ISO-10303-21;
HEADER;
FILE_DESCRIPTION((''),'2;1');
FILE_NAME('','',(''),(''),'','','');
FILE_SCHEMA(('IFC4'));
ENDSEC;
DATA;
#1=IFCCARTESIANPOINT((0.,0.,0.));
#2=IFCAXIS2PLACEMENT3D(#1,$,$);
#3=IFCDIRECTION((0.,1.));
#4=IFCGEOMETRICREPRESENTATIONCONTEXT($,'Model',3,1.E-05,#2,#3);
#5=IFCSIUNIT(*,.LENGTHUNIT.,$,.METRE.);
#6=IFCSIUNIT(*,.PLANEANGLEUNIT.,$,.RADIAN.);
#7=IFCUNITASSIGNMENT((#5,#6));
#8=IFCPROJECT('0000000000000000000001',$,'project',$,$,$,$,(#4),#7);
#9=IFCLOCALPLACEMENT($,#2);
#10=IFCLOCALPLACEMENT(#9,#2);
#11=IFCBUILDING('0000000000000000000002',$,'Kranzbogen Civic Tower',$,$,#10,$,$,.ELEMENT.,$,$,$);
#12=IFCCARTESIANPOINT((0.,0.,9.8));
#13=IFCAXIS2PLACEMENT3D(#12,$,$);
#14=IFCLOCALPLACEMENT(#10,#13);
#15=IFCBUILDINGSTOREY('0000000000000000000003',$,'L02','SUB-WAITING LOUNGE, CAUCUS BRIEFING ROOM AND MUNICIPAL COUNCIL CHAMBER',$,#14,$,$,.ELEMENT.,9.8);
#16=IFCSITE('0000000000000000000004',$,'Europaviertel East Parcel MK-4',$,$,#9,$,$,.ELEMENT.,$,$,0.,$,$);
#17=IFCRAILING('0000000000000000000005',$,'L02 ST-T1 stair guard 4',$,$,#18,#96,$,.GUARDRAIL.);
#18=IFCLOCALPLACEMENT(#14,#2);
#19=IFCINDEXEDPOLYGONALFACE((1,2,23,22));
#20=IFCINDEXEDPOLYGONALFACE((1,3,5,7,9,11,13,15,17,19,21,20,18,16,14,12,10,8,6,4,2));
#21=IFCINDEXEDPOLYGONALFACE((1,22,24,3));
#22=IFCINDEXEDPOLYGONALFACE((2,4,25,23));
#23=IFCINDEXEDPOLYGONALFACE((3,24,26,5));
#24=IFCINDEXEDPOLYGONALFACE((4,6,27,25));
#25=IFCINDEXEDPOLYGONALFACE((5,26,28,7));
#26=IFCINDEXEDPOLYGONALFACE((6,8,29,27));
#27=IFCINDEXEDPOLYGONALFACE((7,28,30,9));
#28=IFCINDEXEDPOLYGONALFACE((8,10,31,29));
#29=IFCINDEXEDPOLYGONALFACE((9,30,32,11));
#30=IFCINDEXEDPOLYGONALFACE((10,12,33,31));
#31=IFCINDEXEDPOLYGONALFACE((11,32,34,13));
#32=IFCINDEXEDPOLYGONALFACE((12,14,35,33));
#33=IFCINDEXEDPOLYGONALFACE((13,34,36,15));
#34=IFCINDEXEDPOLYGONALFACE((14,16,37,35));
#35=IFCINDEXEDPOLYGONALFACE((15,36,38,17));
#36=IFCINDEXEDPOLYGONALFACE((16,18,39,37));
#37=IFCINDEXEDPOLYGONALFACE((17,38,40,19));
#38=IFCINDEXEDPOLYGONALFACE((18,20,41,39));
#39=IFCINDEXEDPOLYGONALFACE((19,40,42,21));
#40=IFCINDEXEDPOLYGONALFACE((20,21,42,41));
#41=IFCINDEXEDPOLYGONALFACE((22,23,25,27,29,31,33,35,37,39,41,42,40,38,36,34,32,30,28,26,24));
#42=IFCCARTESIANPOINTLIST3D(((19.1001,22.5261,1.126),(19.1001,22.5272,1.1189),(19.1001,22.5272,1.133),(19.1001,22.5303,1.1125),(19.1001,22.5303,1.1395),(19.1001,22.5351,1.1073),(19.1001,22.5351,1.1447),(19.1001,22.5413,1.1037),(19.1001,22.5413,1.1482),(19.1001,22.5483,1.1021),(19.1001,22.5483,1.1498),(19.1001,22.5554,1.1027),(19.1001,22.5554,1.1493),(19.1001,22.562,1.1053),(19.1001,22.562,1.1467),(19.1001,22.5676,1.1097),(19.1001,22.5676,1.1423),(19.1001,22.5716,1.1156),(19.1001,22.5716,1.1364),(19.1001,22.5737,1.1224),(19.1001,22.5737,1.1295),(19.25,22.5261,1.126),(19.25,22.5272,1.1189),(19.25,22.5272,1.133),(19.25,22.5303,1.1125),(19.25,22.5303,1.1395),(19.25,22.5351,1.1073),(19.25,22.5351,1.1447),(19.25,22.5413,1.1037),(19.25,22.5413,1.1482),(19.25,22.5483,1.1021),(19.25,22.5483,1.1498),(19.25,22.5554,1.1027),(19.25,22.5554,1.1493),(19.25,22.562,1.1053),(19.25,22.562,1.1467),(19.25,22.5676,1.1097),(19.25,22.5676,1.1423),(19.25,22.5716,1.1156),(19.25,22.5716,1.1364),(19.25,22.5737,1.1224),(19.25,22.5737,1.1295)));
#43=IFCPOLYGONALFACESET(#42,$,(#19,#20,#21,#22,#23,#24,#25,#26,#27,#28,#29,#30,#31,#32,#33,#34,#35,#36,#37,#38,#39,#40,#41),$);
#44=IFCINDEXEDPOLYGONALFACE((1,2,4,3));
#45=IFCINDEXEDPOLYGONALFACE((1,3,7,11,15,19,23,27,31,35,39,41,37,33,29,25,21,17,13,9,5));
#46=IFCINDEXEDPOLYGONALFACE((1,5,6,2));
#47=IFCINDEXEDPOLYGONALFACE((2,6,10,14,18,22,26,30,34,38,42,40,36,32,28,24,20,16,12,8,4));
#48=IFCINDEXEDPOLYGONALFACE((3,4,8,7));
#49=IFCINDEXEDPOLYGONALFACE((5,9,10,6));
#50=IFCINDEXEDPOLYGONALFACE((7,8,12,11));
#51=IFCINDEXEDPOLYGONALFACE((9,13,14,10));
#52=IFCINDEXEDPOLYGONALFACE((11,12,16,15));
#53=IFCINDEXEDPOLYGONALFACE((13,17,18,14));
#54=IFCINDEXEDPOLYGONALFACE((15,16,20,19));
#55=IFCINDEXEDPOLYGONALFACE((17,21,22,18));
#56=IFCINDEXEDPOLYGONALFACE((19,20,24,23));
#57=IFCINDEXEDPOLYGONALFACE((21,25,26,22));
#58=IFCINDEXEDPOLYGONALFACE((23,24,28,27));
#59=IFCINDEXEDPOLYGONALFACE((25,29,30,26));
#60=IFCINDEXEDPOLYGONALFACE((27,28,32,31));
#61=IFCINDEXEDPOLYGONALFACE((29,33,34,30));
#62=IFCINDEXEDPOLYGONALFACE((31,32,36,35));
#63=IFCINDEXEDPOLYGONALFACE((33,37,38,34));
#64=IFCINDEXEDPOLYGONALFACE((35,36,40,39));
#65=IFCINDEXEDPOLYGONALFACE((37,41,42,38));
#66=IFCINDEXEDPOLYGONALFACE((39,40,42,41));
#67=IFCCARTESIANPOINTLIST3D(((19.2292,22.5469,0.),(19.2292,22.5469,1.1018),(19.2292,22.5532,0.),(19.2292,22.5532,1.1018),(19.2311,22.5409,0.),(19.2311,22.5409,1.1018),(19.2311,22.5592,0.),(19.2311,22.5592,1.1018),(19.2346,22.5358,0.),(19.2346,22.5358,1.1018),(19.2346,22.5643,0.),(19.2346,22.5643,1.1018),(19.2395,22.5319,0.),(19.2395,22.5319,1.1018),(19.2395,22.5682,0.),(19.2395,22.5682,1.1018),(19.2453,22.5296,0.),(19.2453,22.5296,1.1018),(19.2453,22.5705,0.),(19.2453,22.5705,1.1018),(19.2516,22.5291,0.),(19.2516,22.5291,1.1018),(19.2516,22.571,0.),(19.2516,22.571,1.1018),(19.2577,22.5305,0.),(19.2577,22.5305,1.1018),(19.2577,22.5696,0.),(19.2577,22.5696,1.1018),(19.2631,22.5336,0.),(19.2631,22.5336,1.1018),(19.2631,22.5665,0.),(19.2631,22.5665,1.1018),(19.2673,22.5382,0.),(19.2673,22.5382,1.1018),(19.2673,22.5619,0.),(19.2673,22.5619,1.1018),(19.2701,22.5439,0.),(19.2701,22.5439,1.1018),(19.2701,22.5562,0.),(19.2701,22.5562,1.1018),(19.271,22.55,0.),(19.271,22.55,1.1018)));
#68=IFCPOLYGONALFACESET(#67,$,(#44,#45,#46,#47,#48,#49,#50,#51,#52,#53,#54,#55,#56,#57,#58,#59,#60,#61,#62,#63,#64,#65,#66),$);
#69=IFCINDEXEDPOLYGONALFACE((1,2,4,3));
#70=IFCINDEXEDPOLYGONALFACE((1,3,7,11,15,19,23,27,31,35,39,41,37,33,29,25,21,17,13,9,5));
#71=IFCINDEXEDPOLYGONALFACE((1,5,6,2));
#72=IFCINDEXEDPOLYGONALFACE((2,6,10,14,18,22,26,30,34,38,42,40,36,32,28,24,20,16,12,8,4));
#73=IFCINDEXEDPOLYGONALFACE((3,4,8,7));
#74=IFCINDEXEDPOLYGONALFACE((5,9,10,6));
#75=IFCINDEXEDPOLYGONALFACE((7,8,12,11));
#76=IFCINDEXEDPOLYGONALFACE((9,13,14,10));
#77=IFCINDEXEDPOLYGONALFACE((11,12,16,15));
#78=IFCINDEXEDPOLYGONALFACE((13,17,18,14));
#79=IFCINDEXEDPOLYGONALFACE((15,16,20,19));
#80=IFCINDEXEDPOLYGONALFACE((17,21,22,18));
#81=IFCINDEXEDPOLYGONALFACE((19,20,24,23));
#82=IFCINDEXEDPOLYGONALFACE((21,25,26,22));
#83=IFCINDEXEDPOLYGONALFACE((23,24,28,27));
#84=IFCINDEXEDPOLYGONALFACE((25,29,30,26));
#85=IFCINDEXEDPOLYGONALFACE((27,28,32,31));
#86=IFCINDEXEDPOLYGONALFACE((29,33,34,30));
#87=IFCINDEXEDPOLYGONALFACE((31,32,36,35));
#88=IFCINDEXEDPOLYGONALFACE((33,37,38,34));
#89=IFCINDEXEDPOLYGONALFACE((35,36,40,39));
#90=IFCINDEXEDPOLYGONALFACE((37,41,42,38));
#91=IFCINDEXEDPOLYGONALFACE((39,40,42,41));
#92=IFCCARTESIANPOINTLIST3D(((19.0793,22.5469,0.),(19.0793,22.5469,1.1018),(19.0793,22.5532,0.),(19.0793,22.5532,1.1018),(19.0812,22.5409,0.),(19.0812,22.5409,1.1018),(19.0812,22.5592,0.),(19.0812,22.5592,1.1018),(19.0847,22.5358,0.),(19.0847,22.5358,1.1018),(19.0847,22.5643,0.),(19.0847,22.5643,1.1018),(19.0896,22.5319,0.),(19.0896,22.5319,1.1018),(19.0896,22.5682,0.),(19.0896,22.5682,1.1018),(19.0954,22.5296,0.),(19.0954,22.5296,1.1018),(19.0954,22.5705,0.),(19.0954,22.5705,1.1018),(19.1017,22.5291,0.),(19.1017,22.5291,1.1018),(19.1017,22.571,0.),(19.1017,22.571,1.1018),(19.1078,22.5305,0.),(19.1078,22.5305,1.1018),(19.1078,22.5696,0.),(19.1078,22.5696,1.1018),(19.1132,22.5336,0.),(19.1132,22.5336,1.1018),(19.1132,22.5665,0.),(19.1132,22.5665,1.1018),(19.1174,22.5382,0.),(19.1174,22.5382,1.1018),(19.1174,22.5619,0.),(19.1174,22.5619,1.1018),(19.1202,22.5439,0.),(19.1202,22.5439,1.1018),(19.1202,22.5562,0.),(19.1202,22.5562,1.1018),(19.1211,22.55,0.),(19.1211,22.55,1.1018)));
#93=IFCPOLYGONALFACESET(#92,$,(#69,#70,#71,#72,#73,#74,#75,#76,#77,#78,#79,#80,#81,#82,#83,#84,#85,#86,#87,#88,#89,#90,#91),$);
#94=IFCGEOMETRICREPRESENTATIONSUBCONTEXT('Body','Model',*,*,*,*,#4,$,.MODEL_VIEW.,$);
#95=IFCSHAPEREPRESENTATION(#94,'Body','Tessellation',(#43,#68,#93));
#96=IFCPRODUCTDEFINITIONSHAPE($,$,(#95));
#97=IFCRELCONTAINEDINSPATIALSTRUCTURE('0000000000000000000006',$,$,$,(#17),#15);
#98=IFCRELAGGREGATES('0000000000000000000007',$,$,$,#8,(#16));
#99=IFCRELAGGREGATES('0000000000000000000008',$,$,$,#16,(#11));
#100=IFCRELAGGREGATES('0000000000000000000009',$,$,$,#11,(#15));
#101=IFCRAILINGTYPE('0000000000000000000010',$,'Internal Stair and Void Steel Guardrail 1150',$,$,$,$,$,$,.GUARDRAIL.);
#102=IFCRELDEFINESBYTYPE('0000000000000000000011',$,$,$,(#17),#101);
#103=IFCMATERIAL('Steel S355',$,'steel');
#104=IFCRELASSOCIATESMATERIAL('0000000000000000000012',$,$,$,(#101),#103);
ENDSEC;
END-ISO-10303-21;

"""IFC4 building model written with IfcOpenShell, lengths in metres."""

from ifc_helpers import new_model, si_unit, direction, frame, origin, origin_2d, place, context, subcontext, project, spatial, circle, extrude, material, type_object, element, save


model = new_model("IFC4")

# Units and contexts
model_context = context("Model", 3, precision=1e-05, world=origin(), true_north=direction((0.0, 1.0)))
body_context = subcontext(model_context, "Body", "Model", "MODEL_VIEW")
ifc_project = project(units=[si_unit("LENGTHUNIT", "METRE"), si_unit("PLANEANGLEUNIT", "RADIAN")], contexts=[model_context])

# Site, building, storey
site_placement = place(None, origin())
site = spatial("IfcSite", under=ifc_project, at=site_placement, Name="Europaviertel East Parcel MK-4", CompositionType="ELEMENT", RefElevation=0.0)
building_placement = place(site_placement, origin())
building = spatial("IfcBuilding", under=site, at=building_placement, Name="Kranzbogen Civic Tower", CompositionType="ELEMENT")
storey_placement = place(building_placement, frame((0.0, 0.0, 9.8)))
storey = spatial("IfcBuildingStorey", under=building, at=storey_placement, Name="L02", Description="SUB-WAITING LOUNGE, CAUCUS BRIEFING ROOM AND MUNICIPAL COUNCIL CHAMBER", CompositionType="ELEMENT", Elevation=9.8)

# Shared definitions
ifc_material_1 = material(Name="Steel S355", Category="steel")

# Railing
railing_type_1 = type_object("IfcRailingType", Name="Internal Stair and Void Steel Guardrail 1150", PredefinedType="GUARDRAIL", material=ifc_material_1)
railing_1_placement = place(storey_placement, frame((19.25, 22.55, 0.0)))
element("IfcRailing", 1, at=railing_1_placement, inside=storey, type_object=railing_type_1, Name="L02 ST-T1 stair guard 4", PredefinedType="GUARDRAIL", context=body_context, shape_type="SweptSolid", body=[
    extrude(circle(Radius=0.0239, at=origin_2d()), frame((0.0, 0.0, 1.126), z_axis=(-1.0, 0.0, 0.0), x_axis=(0.0, -1.0, 0.0)), (0.0, 0.0, 1.0), 0.1499),
    extrude(circle(Radius=0.021, at=origin_2d()), origin(), (0.0, 0.0, 1.0), 1.1018),
    extrude(circle(Radius=0.021, at=origin_2d()), frame((-0.1499, 0.0, 0.0)), (0.0, 0.0, 1.0), 1.1018),
])

save(model, "model.ifc")
